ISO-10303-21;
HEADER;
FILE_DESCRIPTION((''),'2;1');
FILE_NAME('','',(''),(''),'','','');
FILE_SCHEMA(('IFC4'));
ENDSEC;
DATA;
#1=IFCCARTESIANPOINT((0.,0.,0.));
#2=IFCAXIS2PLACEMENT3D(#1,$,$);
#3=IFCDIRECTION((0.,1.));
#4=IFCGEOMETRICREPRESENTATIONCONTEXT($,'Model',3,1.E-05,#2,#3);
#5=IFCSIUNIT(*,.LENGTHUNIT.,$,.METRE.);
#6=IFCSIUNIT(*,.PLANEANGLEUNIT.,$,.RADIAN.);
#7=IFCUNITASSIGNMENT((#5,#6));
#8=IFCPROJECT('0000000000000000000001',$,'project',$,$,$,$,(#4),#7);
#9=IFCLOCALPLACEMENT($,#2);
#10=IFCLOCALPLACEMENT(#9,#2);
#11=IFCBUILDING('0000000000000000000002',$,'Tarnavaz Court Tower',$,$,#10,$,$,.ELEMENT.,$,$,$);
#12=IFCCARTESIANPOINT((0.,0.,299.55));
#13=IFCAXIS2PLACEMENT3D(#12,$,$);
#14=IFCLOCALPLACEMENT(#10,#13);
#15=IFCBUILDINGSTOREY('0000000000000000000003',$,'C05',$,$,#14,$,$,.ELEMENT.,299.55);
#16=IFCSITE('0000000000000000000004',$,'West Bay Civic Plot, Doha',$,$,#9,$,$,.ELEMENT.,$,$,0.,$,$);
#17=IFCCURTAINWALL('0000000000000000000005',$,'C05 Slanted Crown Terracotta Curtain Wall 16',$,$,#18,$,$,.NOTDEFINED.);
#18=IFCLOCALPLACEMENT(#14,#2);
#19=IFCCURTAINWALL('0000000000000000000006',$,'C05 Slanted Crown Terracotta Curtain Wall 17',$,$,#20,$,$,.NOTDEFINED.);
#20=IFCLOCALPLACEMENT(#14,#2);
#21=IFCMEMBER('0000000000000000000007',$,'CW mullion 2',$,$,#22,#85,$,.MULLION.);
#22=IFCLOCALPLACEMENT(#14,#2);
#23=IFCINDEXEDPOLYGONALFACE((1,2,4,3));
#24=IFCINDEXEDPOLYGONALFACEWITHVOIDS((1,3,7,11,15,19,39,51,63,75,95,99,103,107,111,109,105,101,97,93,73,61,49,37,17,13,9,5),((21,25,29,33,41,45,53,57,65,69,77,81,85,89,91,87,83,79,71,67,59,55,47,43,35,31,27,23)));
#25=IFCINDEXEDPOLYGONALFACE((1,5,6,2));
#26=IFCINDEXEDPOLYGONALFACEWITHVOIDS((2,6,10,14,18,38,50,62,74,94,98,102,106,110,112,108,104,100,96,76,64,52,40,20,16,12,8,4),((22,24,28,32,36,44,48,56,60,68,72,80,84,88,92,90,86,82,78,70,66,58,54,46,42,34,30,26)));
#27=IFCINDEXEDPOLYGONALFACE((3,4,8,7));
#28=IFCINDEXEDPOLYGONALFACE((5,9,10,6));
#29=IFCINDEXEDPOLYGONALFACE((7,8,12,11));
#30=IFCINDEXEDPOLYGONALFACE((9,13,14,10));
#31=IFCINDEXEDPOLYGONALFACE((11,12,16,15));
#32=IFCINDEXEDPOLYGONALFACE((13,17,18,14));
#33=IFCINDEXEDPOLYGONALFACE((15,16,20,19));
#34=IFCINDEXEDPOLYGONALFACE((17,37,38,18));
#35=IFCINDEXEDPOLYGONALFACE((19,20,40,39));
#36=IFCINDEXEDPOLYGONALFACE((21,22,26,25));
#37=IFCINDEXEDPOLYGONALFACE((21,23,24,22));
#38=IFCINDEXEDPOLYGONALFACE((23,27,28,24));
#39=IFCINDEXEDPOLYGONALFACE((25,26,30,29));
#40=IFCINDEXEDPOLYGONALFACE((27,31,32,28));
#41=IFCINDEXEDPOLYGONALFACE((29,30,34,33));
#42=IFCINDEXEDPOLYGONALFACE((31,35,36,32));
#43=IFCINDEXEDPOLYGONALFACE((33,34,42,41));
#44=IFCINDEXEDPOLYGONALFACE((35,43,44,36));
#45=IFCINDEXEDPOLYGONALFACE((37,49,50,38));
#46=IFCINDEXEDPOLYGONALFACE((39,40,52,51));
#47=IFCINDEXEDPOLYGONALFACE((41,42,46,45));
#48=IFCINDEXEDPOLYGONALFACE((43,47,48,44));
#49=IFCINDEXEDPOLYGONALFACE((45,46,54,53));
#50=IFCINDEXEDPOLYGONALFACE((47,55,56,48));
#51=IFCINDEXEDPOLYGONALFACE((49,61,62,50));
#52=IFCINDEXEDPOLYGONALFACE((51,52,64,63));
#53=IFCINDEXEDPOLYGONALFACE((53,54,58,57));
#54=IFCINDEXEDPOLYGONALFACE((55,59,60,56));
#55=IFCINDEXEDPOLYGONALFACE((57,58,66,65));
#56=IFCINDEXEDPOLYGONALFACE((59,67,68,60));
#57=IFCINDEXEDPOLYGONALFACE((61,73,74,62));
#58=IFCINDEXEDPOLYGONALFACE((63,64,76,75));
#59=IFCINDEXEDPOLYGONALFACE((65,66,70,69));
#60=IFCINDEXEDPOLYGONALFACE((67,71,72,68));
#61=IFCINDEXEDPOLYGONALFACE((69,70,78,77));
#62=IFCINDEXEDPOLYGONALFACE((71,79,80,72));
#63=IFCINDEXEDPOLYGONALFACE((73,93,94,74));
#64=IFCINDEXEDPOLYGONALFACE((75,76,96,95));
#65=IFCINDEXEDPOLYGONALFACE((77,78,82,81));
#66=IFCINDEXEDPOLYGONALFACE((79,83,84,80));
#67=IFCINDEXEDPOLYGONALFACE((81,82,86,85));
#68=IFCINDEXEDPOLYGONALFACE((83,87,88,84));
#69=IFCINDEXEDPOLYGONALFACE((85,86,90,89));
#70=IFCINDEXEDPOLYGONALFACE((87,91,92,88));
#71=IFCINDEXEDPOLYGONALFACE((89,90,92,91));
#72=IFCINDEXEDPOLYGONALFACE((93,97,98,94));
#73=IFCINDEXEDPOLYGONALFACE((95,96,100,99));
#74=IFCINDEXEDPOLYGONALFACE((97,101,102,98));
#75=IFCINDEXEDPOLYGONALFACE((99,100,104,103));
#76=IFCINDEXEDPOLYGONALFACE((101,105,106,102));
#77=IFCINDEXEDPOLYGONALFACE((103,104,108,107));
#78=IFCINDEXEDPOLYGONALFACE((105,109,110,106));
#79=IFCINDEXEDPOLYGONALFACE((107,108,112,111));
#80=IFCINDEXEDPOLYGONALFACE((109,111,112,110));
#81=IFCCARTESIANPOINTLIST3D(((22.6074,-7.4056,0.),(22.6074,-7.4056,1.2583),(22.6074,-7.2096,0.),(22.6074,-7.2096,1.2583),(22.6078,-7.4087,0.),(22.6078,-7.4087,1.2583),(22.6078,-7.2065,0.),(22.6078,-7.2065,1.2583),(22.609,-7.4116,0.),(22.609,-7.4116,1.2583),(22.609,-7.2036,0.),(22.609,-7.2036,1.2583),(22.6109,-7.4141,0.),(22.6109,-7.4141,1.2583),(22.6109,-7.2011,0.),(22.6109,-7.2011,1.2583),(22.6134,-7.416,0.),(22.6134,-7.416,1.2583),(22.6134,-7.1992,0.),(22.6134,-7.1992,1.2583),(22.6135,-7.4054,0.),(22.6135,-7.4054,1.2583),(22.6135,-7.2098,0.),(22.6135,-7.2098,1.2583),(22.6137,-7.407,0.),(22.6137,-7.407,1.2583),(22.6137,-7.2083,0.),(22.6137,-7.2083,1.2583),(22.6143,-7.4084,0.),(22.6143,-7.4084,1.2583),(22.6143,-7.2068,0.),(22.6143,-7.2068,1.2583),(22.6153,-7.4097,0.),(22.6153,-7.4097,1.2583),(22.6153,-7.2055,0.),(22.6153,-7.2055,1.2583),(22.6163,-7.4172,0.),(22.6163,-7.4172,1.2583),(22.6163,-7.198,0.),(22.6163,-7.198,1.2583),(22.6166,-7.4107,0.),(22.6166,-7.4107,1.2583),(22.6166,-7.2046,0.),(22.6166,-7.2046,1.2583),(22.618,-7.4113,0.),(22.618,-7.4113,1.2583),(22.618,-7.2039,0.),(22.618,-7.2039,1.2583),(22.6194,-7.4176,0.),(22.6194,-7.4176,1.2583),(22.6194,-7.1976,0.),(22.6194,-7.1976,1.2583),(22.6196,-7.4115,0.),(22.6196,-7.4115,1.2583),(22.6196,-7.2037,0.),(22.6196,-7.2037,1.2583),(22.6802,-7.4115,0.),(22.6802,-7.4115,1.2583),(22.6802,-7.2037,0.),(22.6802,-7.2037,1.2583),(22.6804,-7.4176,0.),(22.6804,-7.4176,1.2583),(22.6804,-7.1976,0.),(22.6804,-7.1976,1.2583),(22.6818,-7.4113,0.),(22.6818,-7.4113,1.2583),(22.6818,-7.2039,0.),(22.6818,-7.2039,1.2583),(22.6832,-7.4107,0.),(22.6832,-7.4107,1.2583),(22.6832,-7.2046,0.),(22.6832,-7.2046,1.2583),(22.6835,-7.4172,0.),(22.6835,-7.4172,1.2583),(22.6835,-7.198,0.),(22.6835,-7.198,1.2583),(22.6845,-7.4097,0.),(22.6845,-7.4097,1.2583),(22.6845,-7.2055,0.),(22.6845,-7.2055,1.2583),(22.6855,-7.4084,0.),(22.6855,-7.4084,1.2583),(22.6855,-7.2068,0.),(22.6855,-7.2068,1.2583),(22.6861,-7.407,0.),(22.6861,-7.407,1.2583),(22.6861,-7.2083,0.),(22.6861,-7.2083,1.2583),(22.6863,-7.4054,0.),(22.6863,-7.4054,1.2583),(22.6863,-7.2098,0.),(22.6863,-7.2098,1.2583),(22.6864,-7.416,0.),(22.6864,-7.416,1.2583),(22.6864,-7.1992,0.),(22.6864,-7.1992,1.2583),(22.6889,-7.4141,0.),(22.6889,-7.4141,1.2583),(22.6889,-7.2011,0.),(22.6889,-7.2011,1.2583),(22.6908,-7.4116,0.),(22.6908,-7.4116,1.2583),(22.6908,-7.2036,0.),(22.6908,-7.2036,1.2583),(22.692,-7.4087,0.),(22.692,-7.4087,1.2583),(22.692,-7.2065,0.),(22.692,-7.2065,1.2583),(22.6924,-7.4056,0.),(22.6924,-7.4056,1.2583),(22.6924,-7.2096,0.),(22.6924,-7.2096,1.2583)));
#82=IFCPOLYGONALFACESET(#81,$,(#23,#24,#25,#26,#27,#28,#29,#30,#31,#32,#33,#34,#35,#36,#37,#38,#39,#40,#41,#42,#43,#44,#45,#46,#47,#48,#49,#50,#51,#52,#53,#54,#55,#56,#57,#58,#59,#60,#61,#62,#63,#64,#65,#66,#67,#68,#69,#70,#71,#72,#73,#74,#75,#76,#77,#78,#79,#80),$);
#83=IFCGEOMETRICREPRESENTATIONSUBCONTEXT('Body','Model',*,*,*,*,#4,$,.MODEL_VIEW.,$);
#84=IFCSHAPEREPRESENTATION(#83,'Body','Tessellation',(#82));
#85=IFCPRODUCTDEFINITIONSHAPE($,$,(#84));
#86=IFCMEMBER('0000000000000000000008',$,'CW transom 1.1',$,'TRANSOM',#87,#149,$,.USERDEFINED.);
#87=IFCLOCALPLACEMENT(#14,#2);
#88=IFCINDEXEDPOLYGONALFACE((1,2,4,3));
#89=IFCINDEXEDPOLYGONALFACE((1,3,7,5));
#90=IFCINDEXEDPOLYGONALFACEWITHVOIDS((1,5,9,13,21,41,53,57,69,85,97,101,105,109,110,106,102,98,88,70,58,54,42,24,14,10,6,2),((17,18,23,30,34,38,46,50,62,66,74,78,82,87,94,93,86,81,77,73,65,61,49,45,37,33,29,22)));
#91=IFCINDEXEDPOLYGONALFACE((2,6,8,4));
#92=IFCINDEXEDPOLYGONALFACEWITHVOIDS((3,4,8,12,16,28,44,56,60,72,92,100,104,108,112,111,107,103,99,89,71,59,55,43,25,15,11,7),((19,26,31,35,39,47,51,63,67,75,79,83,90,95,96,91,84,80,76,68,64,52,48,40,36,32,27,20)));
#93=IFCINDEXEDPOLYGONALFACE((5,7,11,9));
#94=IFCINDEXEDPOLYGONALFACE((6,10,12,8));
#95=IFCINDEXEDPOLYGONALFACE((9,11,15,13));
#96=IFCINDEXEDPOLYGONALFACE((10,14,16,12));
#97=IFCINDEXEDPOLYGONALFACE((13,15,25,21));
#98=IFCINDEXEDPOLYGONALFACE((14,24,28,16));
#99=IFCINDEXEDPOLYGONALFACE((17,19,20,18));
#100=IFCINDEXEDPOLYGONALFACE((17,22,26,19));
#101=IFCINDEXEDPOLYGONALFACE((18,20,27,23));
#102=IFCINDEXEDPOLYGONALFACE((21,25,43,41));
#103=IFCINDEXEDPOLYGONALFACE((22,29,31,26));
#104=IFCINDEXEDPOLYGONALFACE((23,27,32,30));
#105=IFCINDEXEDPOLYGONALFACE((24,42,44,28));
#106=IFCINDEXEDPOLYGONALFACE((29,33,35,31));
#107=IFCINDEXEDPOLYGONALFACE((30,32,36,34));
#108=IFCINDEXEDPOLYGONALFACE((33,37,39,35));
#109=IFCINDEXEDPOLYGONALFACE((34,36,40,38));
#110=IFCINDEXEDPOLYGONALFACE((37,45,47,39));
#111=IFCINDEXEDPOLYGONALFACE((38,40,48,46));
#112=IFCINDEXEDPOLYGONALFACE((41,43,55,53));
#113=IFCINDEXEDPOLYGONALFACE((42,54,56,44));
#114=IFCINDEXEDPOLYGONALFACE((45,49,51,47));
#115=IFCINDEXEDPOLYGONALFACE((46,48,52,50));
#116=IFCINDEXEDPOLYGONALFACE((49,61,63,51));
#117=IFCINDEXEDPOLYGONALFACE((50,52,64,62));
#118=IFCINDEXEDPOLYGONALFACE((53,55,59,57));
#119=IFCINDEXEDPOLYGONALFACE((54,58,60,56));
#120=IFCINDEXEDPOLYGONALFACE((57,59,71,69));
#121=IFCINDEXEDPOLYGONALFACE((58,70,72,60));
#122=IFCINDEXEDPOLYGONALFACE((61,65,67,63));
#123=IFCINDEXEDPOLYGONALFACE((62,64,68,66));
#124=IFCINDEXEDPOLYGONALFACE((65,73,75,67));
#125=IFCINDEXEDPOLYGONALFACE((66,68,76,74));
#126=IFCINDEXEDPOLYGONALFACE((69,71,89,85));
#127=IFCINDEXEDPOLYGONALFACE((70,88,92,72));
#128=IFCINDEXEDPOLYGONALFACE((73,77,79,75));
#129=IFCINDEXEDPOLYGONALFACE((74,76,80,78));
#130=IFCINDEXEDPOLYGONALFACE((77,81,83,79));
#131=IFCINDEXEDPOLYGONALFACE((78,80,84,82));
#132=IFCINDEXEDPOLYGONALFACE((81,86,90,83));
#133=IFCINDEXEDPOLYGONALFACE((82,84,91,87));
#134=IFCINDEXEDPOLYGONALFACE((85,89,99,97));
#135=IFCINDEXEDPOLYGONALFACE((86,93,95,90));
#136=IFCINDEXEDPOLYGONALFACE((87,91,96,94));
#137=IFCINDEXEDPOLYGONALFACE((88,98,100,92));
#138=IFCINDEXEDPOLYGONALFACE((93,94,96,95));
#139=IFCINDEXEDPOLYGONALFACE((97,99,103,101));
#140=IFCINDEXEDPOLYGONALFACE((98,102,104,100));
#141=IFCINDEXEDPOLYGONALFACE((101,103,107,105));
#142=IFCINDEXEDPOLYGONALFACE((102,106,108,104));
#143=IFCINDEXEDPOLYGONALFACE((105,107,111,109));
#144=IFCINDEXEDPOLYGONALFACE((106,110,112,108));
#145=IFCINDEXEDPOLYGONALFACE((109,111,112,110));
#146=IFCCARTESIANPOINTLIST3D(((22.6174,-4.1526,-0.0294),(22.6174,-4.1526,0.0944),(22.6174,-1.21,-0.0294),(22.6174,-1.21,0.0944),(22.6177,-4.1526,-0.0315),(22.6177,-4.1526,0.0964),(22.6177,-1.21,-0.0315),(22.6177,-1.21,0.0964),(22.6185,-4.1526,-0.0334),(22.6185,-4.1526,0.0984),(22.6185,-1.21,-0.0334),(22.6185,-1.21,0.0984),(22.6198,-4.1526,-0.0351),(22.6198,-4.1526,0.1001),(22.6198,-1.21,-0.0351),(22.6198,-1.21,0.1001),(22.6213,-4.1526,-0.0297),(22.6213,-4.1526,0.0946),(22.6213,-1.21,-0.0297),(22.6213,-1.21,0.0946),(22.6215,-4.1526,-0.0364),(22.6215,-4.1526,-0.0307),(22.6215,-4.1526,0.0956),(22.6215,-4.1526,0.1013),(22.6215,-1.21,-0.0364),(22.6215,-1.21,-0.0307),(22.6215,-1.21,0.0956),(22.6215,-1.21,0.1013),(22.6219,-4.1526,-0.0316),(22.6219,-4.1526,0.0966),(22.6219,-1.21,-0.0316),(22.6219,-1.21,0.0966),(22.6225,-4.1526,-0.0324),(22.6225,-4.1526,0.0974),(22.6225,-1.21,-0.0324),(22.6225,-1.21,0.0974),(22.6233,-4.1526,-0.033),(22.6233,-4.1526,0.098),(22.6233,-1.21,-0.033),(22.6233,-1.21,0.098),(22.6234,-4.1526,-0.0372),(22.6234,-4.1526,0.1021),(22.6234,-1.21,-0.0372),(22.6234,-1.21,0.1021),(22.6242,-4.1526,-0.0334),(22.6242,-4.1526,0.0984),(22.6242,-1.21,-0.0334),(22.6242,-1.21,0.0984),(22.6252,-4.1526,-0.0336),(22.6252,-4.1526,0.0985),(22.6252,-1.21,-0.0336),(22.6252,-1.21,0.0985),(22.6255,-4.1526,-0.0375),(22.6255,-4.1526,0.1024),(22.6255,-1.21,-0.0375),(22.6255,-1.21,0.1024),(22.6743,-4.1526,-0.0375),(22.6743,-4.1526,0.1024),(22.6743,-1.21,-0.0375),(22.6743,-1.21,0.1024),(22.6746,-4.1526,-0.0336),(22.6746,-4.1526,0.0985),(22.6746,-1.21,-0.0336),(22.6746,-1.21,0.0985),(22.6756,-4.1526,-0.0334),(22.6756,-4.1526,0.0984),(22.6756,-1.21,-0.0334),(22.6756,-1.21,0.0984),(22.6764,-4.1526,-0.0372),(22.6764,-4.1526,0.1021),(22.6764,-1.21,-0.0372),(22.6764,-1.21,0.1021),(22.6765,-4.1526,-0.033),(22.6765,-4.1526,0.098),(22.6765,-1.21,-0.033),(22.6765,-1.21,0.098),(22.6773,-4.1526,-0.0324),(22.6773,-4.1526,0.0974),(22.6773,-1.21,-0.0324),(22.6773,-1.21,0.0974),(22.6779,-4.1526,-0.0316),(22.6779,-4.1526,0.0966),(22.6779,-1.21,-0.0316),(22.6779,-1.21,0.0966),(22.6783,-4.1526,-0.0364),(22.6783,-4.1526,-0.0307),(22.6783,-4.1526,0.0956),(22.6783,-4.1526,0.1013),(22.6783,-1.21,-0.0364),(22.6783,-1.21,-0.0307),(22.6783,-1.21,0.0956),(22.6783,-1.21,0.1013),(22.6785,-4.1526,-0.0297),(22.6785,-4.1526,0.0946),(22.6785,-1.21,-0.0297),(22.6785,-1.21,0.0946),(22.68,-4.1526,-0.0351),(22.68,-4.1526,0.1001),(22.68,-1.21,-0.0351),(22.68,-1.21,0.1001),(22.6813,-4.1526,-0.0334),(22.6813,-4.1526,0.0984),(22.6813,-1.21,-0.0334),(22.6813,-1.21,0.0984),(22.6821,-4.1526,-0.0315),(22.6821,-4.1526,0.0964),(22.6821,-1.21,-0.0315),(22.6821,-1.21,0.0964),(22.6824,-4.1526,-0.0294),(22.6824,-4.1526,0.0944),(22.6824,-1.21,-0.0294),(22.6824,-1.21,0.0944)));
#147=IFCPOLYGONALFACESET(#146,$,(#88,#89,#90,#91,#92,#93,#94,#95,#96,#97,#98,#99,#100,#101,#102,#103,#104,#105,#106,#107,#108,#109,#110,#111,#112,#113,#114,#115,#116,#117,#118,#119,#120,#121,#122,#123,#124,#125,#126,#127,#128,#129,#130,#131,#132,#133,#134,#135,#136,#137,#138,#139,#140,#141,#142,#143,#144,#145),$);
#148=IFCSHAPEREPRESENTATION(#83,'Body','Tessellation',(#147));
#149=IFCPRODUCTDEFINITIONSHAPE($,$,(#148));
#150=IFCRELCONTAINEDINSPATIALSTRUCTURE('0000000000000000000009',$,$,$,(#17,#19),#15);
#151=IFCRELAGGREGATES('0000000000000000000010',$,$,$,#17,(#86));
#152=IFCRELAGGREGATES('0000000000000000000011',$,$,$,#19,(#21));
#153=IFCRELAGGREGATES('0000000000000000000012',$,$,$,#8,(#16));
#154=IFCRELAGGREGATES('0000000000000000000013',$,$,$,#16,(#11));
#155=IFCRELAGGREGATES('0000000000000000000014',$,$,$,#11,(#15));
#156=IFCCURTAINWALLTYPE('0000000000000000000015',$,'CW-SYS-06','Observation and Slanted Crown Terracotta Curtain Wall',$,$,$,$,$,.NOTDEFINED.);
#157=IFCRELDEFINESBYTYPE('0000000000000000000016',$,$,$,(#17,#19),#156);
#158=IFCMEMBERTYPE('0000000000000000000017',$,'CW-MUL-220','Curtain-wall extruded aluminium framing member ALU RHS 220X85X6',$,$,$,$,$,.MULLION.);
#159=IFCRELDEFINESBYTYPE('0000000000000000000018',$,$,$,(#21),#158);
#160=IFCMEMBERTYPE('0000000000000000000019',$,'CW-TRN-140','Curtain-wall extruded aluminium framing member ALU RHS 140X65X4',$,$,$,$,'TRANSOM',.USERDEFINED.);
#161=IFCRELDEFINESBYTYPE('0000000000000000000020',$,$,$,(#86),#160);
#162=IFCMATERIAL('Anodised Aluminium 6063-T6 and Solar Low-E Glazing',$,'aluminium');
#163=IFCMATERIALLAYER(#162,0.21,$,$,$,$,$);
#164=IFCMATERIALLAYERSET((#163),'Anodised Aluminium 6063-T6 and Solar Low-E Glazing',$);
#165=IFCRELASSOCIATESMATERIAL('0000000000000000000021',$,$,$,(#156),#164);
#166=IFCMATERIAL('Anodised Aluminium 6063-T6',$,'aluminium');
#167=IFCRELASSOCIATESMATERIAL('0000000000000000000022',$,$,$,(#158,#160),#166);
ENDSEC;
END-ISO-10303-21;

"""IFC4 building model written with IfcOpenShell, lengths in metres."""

from ifc_helpers import new_model, si_unit, direction, frame, origin, origin_2d, place, context, subcontext, project, spatial, hollow_rectangle, extrude, material, layer, layer_set, material_profile, profile_set, type_object, element, aggregate, save


model = new_model("IFC4")

# Units and contexts
model_context = context("Model", 3, precision=1e-05, world=origin(), true_north=direction((0.0, 1.0)))
body_context = subcontext(model_context, "Body", "Model", "MODEL_VIEW")
ifc_project = project(units=[si_unit("LENGTHUNIT", "METRE"), si_unit("PLANEANGLEUNIT", "RADIAN")], contexts=[model_context])

# Site, building, storey
site_placement = place(None, origin())
site = spatial("IfcSite", under=ifc_project, at=site_placement, Name="West Bay Civic Plot, Doha", CompositionType="ELEMENT", RefElevation=0.0)
building_placement = place(site_placement, origin())
building = spatial("IfcBuilding", under=site, at=building_placement, Name="Tarnavaz Court Tower", CompositionType="ELEMENT")
storey_placement = place(building_placement, frame((0.0, 0.0, 299.55)))
storey = spatial("IfcBuildingStorey", under=building, at=storey_placement, Name="C05", CompositionType="ELEMENT", Elevation=299.55)

# Curtain wall
ifc_material_1 = material(Name="Anodised Aluminium 6063-T6 and Solar Low-E Glazing", Category="aluminium")
ifc_layer_1 = layer(ifc_material_1, 0.21)
ifc_layer_set_1 = layer_set([ifc_layer_1], Name="Anodised Aluminium 6063-T6 and Solar Low-E Glazing")
curtain_wall_type = type_object("IfcCurtainWallType", Name="CW-SYS-06", Description="Observation and Slanted Crown Terracotta Curtain Wall", PredefinedType="NOTDEFINED", material=ifc_layer_set_1)
curtain_wall_1_placement = place(storey_placement, origin())
curtain_wall_1 = element("IfcCurtainWall", 1, at=curtain_wall_1_placement, inside=storey, type_object=curtain_wall_type, Name="C05 Slanted Crown Terracotta Curtain Wall 16", PredefinedType="NOTDEFINED")
ifc_material_2 = material(Name="Anodised Aluminium 6063-T6", Category="aluminium")
ifc_material_profile_1 = material_profile(ifc_material_2, hollow_rectangle(XDim=0.085, YDim=0.22, WallThickness=0.0061, InnerFilletRadius=0.0061, OuterFilletRadius=0.012, at=origin_2d()), Name="ALU RHS 220X85X6")
ifc_profile_set_1 = profile_set([ifc_material_profile_1], Name="Anodised Aluminium 6063-T6")
member_type_1 = type_object("IfcMemberType", Name="CW-MUL-220", Description="Curtain-wall extruded aluminium framing member ALU RHS 220X85X6", PredefinedType="MULLION", material=ifc_profile_set_1)

# Curtain wall, member
curtain_wall_2_placement = place(storey_placement, origin())
curtain_wall_2 = element("IfcCurtainWall", 2, at=curtain_wall_2_placement, inside=storey, type_object=curtain_wall_type, Name="C05 Slanted Crown Terracotta Curtain Wall 17", PredefinedType="NOTDEFINED")
member_1_placement = place(storey_placement, frame((22.6499, -7.3076, 0.0), z_axis=(0.0, 0.0, 1.0), x_axis=(1.0, 0.0, 0.0)))
member_1 = element("IfcMember", 3, at=member_1_placement, type_object=member_type_1, Name="CW mullion 2", PredefinedType="MULLION", context=body_context, shape_type="SweptSolid", body=[
    extrude(hollow_rectangle(XDim=0.085, YDim=0.22, WallThickness=0.0061, InnerFilletRadius=0.0061, OuterFilletRadius=0.012, at=origin_2d()), origin(), (0.0, 0.0, 1.0), 1.2583),
])

# Member
ifc_material_profile_2 = material_profile(ifc_material_2, hollow_rectangle(XDim=0.0649, YDim=0.1399, WallThickness=0.0039, InnerFilletRadius=0.0039, OuterFilletRadius=0.0081, at=origin_2d()), Name="ALU RHS 140X65X4")
ifc_profile_set_2 = profile_set([ifc_material_profile_2], Name="Anodised Aluminium 6063-T6")
member_type_2 = type_object("IfcMemberType", Name="CW-TRN-140", Description="Curtain-wall extruded aluminium framing member ALU RHS 140X65X4", ElementType="TRANSOM", PredefinedType="USERDEFINED", material=ifc_profile_set_2)
member_2_placement = place(storey_placement, frame((22.6499, -1.21, 0.0325), z_axis=(0.0, -1.0, 0.0), x_axis=(1.0, 0.0, 0.0)))
member_2 = element("IfcMember", 4, at=member_2_placement, type_object=member_type_2, Name="CW transom 1.1", ObjectType="TRANSOM", PredefinedType="USERDEFINED", context=body_context, shape_type="SweptSolid", body=[
    extrude(hollow_rectangle(XDim=0.0649, YDim=0.1399, WallThickness=0.0039, InnerFilletRadius=0.0039, OuterFilletRadius=0.0081, at=origin_2d()), origin(), (0.0, 0.0, 1.0), 2.9426),
])

aggregate(curtain_wall_1, [member_2])
aggregate(curtain_wall_2, [member_1])

save(model, "model.ifc")
